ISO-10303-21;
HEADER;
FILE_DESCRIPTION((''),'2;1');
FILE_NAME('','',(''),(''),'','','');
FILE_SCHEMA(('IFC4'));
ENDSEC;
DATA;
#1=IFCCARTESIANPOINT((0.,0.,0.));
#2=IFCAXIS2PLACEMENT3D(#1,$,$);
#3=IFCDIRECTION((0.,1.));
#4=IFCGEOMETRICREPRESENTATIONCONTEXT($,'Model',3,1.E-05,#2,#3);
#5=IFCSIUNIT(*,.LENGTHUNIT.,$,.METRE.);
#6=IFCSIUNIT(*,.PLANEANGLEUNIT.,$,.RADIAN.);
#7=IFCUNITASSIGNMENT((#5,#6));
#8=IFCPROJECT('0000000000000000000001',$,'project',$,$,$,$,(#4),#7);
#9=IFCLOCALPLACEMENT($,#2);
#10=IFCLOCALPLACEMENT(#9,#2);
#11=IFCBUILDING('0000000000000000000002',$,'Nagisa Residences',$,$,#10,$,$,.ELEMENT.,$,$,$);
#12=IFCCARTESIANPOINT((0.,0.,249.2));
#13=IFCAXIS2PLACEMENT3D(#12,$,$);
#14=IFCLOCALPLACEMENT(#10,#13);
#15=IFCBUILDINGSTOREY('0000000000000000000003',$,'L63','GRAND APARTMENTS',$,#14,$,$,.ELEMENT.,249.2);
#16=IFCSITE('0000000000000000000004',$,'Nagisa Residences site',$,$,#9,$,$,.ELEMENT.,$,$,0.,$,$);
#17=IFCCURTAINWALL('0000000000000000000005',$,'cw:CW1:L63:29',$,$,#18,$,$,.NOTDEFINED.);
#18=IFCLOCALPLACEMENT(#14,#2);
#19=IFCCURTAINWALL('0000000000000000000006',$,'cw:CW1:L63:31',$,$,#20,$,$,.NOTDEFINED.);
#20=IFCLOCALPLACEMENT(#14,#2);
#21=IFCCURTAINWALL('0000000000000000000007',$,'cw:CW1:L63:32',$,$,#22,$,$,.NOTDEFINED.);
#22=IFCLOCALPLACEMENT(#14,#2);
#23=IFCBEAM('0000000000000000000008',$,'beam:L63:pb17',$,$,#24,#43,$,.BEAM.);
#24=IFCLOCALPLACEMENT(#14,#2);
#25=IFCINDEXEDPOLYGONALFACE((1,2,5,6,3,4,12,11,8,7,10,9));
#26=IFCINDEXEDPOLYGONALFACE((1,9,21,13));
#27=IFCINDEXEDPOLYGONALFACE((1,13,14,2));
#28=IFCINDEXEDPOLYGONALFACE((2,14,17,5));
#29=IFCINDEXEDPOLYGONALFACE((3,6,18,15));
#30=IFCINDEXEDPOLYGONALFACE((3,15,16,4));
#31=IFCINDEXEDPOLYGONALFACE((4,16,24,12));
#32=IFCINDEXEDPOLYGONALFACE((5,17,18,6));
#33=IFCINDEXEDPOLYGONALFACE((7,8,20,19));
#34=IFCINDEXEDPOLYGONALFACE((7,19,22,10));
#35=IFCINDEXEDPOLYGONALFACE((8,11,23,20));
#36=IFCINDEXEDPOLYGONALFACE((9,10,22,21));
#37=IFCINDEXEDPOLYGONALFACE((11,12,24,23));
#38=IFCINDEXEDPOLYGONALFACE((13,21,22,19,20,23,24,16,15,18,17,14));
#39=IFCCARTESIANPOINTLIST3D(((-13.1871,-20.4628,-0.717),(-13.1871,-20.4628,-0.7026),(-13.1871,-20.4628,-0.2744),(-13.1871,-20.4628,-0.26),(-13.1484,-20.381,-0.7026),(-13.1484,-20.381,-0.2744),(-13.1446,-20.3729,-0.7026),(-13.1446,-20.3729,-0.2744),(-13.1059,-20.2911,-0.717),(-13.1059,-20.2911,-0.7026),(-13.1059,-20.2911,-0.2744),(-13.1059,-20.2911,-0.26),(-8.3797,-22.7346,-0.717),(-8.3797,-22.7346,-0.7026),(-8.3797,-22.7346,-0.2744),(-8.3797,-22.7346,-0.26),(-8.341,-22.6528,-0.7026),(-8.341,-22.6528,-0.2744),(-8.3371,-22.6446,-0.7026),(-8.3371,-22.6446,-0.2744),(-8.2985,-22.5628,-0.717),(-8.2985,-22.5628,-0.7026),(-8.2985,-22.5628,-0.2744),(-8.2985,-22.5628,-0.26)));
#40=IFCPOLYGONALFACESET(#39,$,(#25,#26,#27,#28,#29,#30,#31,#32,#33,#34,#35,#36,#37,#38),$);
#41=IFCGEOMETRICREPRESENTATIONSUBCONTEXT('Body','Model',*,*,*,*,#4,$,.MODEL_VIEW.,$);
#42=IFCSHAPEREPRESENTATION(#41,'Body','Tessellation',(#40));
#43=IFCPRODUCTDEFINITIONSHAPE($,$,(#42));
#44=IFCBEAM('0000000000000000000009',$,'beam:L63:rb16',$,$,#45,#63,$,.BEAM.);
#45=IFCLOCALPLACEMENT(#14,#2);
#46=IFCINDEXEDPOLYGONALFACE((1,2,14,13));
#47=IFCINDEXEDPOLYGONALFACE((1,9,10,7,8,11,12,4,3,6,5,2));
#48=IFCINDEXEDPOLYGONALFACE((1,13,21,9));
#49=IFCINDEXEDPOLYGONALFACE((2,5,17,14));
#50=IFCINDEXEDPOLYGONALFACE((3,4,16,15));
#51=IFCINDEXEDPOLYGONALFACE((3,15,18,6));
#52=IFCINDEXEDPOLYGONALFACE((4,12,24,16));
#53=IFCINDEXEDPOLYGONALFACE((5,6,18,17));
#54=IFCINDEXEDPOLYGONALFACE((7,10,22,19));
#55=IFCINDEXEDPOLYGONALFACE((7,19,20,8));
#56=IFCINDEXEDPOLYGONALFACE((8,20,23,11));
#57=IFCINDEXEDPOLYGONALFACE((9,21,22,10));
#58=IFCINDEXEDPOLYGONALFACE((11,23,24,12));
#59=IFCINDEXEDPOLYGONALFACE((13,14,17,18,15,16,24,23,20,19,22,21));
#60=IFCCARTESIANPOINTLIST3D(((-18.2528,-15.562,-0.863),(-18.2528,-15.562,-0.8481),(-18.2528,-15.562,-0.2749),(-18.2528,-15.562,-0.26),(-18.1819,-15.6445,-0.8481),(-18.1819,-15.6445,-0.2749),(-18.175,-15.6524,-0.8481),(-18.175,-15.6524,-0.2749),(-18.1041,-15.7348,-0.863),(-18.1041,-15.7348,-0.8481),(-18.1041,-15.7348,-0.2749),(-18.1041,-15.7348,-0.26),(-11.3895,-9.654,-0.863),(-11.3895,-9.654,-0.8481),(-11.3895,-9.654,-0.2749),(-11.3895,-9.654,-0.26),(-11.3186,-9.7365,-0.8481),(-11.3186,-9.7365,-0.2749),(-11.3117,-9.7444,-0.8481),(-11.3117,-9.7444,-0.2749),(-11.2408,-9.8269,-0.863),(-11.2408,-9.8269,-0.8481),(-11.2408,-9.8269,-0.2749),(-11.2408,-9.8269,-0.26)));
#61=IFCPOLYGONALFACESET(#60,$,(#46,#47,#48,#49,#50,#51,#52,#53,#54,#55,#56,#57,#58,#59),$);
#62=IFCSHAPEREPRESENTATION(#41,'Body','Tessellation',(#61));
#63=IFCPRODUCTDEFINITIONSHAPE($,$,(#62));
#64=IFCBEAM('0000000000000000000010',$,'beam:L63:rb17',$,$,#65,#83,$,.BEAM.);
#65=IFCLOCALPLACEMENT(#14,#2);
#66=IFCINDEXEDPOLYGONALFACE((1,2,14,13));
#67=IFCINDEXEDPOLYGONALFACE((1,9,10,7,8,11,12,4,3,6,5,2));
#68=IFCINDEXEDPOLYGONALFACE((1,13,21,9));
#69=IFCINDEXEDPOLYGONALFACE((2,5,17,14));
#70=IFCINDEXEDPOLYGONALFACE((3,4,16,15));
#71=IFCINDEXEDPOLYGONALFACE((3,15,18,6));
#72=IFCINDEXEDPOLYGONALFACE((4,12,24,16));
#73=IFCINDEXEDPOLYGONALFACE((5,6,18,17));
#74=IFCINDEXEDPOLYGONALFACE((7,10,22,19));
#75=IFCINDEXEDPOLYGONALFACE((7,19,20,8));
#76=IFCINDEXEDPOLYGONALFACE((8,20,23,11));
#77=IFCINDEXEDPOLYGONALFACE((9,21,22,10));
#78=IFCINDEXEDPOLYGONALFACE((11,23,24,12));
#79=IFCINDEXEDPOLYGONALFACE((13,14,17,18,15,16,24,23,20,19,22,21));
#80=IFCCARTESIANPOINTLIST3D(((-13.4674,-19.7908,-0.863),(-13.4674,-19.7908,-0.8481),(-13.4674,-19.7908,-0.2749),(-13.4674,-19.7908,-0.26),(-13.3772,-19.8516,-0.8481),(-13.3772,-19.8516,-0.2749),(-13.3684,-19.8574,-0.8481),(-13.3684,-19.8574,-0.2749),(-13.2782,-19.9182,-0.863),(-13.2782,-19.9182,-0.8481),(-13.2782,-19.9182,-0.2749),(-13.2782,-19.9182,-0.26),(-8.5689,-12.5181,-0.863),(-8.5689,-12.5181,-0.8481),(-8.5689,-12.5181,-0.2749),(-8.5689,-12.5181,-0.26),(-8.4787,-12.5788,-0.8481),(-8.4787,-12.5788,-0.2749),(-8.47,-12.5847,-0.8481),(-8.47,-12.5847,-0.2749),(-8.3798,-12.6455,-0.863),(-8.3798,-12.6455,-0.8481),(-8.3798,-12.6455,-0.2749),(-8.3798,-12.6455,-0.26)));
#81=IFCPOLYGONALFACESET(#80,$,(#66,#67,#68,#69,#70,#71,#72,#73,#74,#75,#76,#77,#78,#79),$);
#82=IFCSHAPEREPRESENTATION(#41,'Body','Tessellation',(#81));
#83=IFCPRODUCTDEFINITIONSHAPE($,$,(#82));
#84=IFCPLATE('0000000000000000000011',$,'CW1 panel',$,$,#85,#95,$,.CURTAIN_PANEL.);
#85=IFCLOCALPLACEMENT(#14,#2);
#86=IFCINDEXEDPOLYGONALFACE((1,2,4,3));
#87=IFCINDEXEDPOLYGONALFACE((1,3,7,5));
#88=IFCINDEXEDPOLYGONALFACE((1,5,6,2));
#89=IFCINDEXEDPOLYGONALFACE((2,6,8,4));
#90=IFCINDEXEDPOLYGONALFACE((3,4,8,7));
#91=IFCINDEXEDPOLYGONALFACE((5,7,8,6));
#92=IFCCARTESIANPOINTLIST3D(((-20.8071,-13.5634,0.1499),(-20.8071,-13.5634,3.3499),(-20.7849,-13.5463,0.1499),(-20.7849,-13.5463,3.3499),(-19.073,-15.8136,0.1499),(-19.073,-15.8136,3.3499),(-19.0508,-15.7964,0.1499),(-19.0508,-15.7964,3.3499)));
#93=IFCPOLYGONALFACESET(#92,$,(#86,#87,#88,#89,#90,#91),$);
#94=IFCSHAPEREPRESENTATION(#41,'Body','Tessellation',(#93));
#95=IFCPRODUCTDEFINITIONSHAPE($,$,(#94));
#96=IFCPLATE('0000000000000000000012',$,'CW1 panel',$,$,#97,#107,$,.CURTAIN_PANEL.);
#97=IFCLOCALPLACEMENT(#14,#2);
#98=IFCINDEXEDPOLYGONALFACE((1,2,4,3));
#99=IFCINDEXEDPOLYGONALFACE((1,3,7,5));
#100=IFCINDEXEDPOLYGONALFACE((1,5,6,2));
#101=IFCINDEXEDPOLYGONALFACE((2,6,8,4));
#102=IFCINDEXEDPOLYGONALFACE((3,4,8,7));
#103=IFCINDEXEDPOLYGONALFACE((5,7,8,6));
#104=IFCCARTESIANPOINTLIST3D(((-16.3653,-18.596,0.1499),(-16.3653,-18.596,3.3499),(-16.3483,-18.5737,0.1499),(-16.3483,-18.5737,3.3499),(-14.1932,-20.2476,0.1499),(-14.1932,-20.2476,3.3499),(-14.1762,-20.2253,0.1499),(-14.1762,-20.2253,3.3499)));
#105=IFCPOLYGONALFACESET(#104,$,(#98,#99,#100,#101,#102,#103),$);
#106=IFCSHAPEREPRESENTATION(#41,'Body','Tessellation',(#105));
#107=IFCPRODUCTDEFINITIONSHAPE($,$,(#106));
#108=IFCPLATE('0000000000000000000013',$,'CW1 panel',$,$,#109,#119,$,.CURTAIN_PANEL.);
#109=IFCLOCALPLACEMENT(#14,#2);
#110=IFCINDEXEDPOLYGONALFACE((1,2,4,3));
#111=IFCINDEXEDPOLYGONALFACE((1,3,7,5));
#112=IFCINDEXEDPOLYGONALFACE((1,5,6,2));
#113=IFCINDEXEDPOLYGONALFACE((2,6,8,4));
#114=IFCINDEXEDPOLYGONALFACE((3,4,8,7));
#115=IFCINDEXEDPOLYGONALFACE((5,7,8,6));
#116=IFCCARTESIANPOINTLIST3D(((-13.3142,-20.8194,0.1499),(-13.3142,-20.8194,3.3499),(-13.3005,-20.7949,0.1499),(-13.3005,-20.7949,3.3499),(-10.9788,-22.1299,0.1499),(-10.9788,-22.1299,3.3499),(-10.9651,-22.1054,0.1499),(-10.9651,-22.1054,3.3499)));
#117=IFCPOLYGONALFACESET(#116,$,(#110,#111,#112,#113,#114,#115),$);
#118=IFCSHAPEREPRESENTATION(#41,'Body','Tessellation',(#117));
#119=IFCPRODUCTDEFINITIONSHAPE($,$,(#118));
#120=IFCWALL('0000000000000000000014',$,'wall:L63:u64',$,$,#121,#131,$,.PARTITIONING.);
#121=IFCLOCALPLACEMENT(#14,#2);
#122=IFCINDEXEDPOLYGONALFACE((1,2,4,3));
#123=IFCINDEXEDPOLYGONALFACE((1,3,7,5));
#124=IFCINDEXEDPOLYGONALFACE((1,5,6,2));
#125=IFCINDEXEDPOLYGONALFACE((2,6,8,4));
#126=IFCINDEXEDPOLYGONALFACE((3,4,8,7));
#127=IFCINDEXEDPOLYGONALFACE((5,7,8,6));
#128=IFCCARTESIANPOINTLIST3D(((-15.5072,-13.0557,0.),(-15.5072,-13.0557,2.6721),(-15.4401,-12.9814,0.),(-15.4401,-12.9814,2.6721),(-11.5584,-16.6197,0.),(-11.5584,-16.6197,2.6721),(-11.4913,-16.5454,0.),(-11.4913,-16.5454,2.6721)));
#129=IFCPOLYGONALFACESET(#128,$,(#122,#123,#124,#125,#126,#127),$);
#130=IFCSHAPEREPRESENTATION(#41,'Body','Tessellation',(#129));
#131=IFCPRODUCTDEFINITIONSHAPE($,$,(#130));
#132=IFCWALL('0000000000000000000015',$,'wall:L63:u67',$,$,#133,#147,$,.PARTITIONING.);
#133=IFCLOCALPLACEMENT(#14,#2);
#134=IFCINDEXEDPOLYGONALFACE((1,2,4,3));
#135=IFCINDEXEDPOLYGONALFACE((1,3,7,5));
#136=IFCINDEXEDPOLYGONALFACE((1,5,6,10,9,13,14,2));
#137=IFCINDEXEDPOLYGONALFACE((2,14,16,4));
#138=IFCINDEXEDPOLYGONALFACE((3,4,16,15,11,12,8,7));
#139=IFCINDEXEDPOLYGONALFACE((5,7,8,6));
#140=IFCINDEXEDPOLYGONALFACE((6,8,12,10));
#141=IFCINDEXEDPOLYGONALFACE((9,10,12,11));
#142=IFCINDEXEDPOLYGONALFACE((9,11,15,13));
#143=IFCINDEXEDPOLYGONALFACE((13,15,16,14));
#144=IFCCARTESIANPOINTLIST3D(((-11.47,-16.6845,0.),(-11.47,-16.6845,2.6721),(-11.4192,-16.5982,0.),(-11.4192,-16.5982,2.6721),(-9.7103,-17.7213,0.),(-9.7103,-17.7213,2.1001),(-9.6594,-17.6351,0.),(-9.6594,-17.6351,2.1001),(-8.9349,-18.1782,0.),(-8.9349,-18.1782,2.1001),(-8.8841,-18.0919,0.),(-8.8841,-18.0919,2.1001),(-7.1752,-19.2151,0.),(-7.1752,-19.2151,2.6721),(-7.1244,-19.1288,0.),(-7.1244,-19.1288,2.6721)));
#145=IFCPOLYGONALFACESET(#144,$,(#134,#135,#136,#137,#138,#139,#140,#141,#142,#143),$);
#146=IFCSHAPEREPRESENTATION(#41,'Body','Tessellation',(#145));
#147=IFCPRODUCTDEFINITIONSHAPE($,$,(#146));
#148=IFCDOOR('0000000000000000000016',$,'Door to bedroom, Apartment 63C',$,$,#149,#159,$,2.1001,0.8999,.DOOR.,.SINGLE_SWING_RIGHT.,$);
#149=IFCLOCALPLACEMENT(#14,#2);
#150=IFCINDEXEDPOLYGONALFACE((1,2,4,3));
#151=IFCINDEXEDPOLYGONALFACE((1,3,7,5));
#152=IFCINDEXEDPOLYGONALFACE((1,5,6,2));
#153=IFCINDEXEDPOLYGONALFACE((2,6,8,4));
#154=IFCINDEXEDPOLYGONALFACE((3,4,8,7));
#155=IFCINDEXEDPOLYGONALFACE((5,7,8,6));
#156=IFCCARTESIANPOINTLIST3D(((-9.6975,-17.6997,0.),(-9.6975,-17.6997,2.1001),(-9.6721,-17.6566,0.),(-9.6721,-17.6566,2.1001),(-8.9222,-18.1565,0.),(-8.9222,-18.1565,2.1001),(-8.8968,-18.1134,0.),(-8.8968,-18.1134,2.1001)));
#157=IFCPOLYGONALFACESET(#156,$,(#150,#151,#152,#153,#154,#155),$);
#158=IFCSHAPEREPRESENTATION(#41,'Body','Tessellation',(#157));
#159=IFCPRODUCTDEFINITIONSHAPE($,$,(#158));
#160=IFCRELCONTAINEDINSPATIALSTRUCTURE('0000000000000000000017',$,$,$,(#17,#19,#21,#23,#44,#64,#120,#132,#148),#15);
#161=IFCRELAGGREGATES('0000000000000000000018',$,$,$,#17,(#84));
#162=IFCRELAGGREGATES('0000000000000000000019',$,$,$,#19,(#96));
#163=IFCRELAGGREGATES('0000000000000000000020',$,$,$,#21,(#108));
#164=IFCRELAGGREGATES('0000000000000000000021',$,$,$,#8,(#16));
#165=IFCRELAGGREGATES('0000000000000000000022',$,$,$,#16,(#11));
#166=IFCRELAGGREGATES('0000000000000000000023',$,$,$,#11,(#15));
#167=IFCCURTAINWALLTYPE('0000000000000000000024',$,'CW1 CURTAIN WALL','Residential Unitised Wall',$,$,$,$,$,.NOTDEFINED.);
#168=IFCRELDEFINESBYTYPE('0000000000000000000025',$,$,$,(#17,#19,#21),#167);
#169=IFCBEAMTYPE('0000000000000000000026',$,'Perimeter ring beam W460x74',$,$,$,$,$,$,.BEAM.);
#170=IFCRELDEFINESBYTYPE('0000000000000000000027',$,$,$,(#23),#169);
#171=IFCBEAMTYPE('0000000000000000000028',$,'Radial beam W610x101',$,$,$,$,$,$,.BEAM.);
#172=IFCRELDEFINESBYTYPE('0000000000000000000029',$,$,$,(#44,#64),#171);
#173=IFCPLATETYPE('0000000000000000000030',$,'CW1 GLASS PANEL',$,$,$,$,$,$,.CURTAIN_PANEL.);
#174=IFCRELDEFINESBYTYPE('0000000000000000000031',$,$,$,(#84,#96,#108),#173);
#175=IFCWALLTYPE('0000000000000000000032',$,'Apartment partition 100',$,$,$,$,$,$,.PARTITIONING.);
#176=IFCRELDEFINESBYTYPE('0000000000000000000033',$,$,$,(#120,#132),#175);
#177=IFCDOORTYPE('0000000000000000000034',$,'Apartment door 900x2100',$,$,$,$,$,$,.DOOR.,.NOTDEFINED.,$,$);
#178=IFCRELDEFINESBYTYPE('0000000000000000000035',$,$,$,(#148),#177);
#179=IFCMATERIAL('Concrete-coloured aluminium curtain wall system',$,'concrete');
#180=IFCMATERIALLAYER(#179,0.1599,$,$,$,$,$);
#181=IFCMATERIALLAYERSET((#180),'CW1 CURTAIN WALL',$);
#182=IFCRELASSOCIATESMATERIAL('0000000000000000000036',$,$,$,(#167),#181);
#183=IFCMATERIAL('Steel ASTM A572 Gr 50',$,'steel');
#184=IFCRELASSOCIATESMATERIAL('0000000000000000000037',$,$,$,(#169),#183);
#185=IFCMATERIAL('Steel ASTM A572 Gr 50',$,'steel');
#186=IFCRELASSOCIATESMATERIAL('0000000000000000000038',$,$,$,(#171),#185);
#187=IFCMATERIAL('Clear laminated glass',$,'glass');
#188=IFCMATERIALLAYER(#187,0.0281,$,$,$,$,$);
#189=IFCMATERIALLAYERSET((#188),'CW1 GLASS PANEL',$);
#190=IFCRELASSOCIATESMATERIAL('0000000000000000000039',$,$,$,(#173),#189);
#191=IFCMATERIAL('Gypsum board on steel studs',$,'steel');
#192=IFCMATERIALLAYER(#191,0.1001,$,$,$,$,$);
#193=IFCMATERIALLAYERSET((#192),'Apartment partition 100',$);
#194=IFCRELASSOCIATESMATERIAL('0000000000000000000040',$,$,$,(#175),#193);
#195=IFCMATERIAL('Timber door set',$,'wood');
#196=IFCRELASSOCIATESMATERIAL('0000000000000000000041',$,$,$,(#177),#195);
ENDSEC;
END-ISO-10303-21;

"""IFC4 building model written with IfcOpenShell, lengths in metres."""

from ifc_helpers import new_model, si_unit, direction, frame, frame_2d, origin, origin_2d, place, context, subcontext, project, spatial, rectangle, i_section, extrude, material, layer, layer_set, material_profile, profile_set, type_object, element, fill, aggregate, save


model = new_model("IFC4")

# Units and contexts
model_context = context("Model", 3, precision=1e-05, world=origin(), true_north=direction((0.0, 1.0)))
body_context = subcontext(model_context, "Body", "Model", "MODEL_VIEW")
ifc_project = project(units=[si_unit("LENGTHUNIT", "METRE"), si_unit("PLANEANGLEUNIT", "RADIAN")], contexts=[model_context])

# Site, building, storey
site_placement = place(None, origin())
site = spatial("IfcSite", under=ifc_project, at=site_placement, Name="Nagisa Residences site", CompositionType="ELEMENT", RefElevation=0.0)
building_placement = place(site_placement, origin())
building = spatial("IfcBuilding", under=site, at=building_placement, Name="Nagisa Residences", CompositionType="ELEMENT")
storey_placement = place(building_placement, frame((0.0, 0.0, 249.2)))
storey = spatial("IfcBuildingStorey", under=building, at=storey_placement, Name="L63", Description="GRAND APARTMENTS", CompositionType="ELEMENT", Elevation=249.2)

# Curtain walls
ifc_material_1 = material(Name="Concrete-coloured aluminium curtain wall system", Category="concrete")
ifc_layer_1 = layer(ifc_material_1, 0.1599)
ifc_layer_set_1 = layer_set([ifc_layer_1], Name="CW1 CURTAIN WALL")
curtain_wall_type = type_object("IfcCurtainWallType", Name="CW1 CURTAIN WALL", Description="Residential Unitised Wall", PredefinedType="NOTDEFINED", material=ifc_layer_set_1)
curtain_wall_1_placement = place(storey_placement, origin())
curtain_wall_1 = element("IfcCurtainWall", 1, at=curtain_wall_1_placement, inside=storey, type_object=curtain_wall_type, Name="cw:CW1:L63:29", PredefinedType="NOTDEFINED")
curtain_wall_2_placement = place(storey_placement, origin())
curtain_wall_2 = element("IfcCurtainWall", 2, at=curtain_wall_2_placement, inside=storey, type_object=curtain_wall_type, Name="cw:CW1:L63:31", PredefinedType="NOTDEFINED")
curtain_wall_3_placement = place(storey_placement, origin())
curtain_wall_3 = element("IfcCurtainWall", 3, at=curtain_wall_3_placement, inside=storey, type_object=curtain_wall_type, Name="cw:CW1:L63:32", PredefinedType="NOTDEFINED")

# Beams
ifc_material_2 = material(Name="Steel ASTM A572 Gr 50", Category="steel")
ifc_material_profile_1 = material_profile(ifc_material_2, i_section(OverallWidth=0.1899, OverallDepth=0.457, WebThickness=0.009, FlangeThickness=0.0144, at=origin_2d()), Name="W460x74")
ifc_profile_set_1 = profile_set([ifc_material_profile_1], Name="Steel ASTM A572 Gr 50")
beam_type_1 = type_object("IfcBeamType", Name="Perimeter ring beam W460x74", PredefinedType="BEAM", material=ifc_profile_set_1)
beam_1_placement = place(storey_placement, frame((-13.1465, -20.377, -0.4885), z_axis=(0.904134, -0.427249, 0.0), x_axis=(0.427249, 0.904134, 0.0)))
element("IfcBeam", 4, at=beam_1_placement, inside=storey, type_object=beam_type_1, Name="beam:L63:pb17", PredefinedType="BEAM", context=body_context, shape_type="SweptSolid", body=[
    extrude(i_section(OverallWidth=0.1899, OverallDepth=0.457, WebThickness=0.009, FlangeThickness=0.0144, at=origin_2d()), origin(), (0.0, 0.0, 1.0), 5.3171),
])
ifc_material_3 = material(Name="Steel ASTM A572 Gr 50", Category="steel")
ifc_material_profile_2 = material_profile(ifc_material_3, i_section(OverallWidth=0.228, OverallDepth=0.603, WebThickness=0.0105, FlangeThickness=0.0149, at=origin_2d()), Name="W610x101")
ifc_profile_set_2 = profile_set([ifc_material_profile_2], Name="Steel ASTM A572 Gr 50")
beam_type_2 = type_object("IfcBeamType", Name="Radial beam W610x101", PredefinedType="BEAM", material=ifc_profile_set_2)
beam_2_placement = place(storey_placement, frame((-18.1785, -15.6484, -0.5615), z_axis=(0.757883, 0.652391, 0.0), x_axis=(-0.652391, 0.757883, 0.0)))
element("IfcBeam", 5, at=beam_2_placement, inside=storey, type_object=beam_type_2, Name="beam:L63:rb16", PredefinedType="BEAM", context=body_context, shape_type="SweptSolid", body=[
    extrude(i_section(OverallWidth=0.228, OverallDepth=0.603, WebThickness=0.0105, FlangeThickness=0.0149, at=origin_2d()), origin(), (0.0, 0.0, 1.0), 9.0559),
])
beam_3_placement = place(storey_placement, frame((-13.3728, -19.8545, -0.5615), z_axis=(0.558639, 0.829411, 0.0), x_axis=(-0.829411, 0.558639, 0.0)))
element("IfcBeam", 6, at=beam_3_placement, inside=storey, type_object=beam_type_2, Name="beam:L63:rb17", PredefinedType="BEAM", context=body_context, shape_type="SweptSolid", body=[
    extrude(i_section(OverallWidth=0.228, OverallDepth=0.603, WebThickness=0.0105, FlangeThickness=0.0149, at=origin_2d()), origin(), (0.0, 0.0, 1.0), 8.7686),
])

# Plates
ifc_material_4 = material(Name="Clear laminated glass", Category="glass")
ifc_layer_2 = layer(ifc_material_4, 0.0281)
ifc_layer_set_2 = layer_set([ifc_layer_2], Name="CW1 GLASS PANEL")
plate_type = type_object("IfcPlateType", Name="CW1 GLASS PANEL", PredefinedType="CURTAIN_PANEL", material=ifc_layer_set_2)
plate_1_placement = place(storey_placement, frame((-19.929, -14.6799, 0.1499), z_axis=(0.0, 0.0, 1.0), x_axis=(0.61043, -0.79207, 0.0)))
plate_1 = element("IfcPlate", 7, at=plate_1_placement, type_object=plate_type, Name="CW1 panel", PredefinedType="CURTAIN_PANEL", context=body_context, shape_type="SweptSolid", body=[
    extrude(rectangle(XDim=2.8408, YDim=0.0281, at=origin_2d()), origin(), (0.0, 0.0, 1.0), 3.2),
])
aggregate(curtain_wall_1, [plate_1])
plate_2_placement = place(storey_placement, frame((-15.2708, -19.4106, 0.1499), z_axis=(0.0, 0.0, 1.0), x_axis=(0.796031, -0.605255, 0.0)))
plate_2 = element("IfcPlate", 8, at=plate_2_placement, type_object=plate_type, Name="CW1 panel", PredefinedType="CURTAIN_PANEL", context=body_context, shape_type="SweptSolid", body=[
    extrude(rectangle(XDim=2.7288, YDim=0.0281, at=origin_2d()), origin(), (0.0, 0.0, 1.0), 3.2),
])
aggregate(curtain_wall_2, [plate_2])
plate_3_placement = place(storey_placement, frame((-12.1396, -21.4624, 0.1499), z_axis=(0.0, 0.0, 1.0), x_axis=(0.872072, -0.489377, 0.0)))
plate_3 = element("IfcPlate", 9, at=plate_3_placement, type_object=plate_type, Name="CW1 panel", PredefinedType="CURTAIN_PANEL", context=body_context, shape_type="SweptSolid", body=[
    extrude(rectangle(XDim=2.678, YDim=0.0281, at=origin_2d()), origin(), (0.0, 0.0, 1.0), 3.2),
])
aggregate(curtain_wall_3, [plate_3])

# Wall
ifc_material_5 = material(Name="Gypsum board on steel studs", Category="steel")
ifc_layer_3 = layer(ifc_material_5, 0.1001)
ifc_layer_set_3 = layer_set([ifc_layer_3], Name="Apartment partition 100")
wall_type_1 = type_object("IfcWallType", Name="Apartment partition 100", PredefinedType="PARTITIONING", material=ifc_layer_set_3)
wall_1_placement = place(storey_placement, frame((-15.4736, -13.0186, 0.0), z_axis=(0.0, 0.0, 1.0), x_axis=(0.742349, -0.670014, 0.0)))
element("IfcWall", 10, at=wall_1_placement, inside=storey, type_object=wall_type_1, Name="wall:L63:u64", PredefinedType="PARTITIONING", context=body_context, shape_type="SweptSolid", body=[
    extrude(rectangle(XDim=5.3193, YDim=0.1001, at=frame_2d((2.6597, 0.0))), origin(), (0.0, 0.0, 1.0), 2.6721),
])

# Wall, opening, door
wall_2_placement = place(storey_placement, frame((-11.4446, -16.6414, 0.0), z_axis=(0.0, 0.0, 1.0), x_axis=(0.861563, -0.507651, 0.0)))
wall_2 = element("IfcWall", 11, at=wall_2_placement, inside=storey, type_object=wall_type_1, Name="wall:L63:u67", PredefinedType="PARTITIONING", context=body_context, shape_type="SweptSolid", body=[
    extrude(rectangle(XDim=4.9849, YDim=0.1001, at=frame_2d((2.4924, 0.0))), origin(), (0.0, 0.0, 1.0), 2.6721),
])
opening_1_placement = place(wall_2_placement, frame((2.0425, 0.0, 0.0)))
opening_1 = element("IfcOpeningElement", 12, at=opening_1_placement, cuts=wall_2, PredefinedType="OPENING", context=body_context, shape_type="SweptSolid", body=[
    extrude(rectangle(XDim=0.8999, YDim=2.1001, at=frame_2d((0.45, 1.05))), frame((0.0, 0.0601, 0.0), z_axis=(0.0, -1.0, 0.0), x_axis=(1.0, 0.0, 0.0)), (0.0, 0.0, 1.0), 0.1201),
])
ifc_material_6 = material(Name="Timber door set", Category="wood")
door_type_1 = type_object("IfcDoorType", Name="Apartment door 900x2100", OperationType="NOTDEFINED", PredefinedType="DOOR", material=ifc_material_6)
door_1_placement = place(opening_1_placement, frame((0.8999, 0.0, 0.0), x_axis=(-1.0, 0.0, 0.0)))
door_1 = element("IfcDoor", 13, at=door_1_placement, inside=storey, type_object=door_type_1, Name="Door to bedroom, Apartment 63C", OperationType="SINGLE_SWING_RIGHT", OverallHeight=2.1001, OverallWidth=0.8999, PredefinedType="DOOR", context=body_context, shape_type="SweptSolid", body=[
    extrude(rectangle(XDim=0.8999, YDim=2.1001, at=frame_2d((0.45, 1.05))), frame((0.0, 0.0249, 0.0), z_axis=(0.0, -1.0, 0.0), x_axis=(1.0, 0.0, 0.0)), (0.0, 0.0, 1.0), 0.05),
])
fill(opening_1, door_1)

save(model, "model.ifc")
